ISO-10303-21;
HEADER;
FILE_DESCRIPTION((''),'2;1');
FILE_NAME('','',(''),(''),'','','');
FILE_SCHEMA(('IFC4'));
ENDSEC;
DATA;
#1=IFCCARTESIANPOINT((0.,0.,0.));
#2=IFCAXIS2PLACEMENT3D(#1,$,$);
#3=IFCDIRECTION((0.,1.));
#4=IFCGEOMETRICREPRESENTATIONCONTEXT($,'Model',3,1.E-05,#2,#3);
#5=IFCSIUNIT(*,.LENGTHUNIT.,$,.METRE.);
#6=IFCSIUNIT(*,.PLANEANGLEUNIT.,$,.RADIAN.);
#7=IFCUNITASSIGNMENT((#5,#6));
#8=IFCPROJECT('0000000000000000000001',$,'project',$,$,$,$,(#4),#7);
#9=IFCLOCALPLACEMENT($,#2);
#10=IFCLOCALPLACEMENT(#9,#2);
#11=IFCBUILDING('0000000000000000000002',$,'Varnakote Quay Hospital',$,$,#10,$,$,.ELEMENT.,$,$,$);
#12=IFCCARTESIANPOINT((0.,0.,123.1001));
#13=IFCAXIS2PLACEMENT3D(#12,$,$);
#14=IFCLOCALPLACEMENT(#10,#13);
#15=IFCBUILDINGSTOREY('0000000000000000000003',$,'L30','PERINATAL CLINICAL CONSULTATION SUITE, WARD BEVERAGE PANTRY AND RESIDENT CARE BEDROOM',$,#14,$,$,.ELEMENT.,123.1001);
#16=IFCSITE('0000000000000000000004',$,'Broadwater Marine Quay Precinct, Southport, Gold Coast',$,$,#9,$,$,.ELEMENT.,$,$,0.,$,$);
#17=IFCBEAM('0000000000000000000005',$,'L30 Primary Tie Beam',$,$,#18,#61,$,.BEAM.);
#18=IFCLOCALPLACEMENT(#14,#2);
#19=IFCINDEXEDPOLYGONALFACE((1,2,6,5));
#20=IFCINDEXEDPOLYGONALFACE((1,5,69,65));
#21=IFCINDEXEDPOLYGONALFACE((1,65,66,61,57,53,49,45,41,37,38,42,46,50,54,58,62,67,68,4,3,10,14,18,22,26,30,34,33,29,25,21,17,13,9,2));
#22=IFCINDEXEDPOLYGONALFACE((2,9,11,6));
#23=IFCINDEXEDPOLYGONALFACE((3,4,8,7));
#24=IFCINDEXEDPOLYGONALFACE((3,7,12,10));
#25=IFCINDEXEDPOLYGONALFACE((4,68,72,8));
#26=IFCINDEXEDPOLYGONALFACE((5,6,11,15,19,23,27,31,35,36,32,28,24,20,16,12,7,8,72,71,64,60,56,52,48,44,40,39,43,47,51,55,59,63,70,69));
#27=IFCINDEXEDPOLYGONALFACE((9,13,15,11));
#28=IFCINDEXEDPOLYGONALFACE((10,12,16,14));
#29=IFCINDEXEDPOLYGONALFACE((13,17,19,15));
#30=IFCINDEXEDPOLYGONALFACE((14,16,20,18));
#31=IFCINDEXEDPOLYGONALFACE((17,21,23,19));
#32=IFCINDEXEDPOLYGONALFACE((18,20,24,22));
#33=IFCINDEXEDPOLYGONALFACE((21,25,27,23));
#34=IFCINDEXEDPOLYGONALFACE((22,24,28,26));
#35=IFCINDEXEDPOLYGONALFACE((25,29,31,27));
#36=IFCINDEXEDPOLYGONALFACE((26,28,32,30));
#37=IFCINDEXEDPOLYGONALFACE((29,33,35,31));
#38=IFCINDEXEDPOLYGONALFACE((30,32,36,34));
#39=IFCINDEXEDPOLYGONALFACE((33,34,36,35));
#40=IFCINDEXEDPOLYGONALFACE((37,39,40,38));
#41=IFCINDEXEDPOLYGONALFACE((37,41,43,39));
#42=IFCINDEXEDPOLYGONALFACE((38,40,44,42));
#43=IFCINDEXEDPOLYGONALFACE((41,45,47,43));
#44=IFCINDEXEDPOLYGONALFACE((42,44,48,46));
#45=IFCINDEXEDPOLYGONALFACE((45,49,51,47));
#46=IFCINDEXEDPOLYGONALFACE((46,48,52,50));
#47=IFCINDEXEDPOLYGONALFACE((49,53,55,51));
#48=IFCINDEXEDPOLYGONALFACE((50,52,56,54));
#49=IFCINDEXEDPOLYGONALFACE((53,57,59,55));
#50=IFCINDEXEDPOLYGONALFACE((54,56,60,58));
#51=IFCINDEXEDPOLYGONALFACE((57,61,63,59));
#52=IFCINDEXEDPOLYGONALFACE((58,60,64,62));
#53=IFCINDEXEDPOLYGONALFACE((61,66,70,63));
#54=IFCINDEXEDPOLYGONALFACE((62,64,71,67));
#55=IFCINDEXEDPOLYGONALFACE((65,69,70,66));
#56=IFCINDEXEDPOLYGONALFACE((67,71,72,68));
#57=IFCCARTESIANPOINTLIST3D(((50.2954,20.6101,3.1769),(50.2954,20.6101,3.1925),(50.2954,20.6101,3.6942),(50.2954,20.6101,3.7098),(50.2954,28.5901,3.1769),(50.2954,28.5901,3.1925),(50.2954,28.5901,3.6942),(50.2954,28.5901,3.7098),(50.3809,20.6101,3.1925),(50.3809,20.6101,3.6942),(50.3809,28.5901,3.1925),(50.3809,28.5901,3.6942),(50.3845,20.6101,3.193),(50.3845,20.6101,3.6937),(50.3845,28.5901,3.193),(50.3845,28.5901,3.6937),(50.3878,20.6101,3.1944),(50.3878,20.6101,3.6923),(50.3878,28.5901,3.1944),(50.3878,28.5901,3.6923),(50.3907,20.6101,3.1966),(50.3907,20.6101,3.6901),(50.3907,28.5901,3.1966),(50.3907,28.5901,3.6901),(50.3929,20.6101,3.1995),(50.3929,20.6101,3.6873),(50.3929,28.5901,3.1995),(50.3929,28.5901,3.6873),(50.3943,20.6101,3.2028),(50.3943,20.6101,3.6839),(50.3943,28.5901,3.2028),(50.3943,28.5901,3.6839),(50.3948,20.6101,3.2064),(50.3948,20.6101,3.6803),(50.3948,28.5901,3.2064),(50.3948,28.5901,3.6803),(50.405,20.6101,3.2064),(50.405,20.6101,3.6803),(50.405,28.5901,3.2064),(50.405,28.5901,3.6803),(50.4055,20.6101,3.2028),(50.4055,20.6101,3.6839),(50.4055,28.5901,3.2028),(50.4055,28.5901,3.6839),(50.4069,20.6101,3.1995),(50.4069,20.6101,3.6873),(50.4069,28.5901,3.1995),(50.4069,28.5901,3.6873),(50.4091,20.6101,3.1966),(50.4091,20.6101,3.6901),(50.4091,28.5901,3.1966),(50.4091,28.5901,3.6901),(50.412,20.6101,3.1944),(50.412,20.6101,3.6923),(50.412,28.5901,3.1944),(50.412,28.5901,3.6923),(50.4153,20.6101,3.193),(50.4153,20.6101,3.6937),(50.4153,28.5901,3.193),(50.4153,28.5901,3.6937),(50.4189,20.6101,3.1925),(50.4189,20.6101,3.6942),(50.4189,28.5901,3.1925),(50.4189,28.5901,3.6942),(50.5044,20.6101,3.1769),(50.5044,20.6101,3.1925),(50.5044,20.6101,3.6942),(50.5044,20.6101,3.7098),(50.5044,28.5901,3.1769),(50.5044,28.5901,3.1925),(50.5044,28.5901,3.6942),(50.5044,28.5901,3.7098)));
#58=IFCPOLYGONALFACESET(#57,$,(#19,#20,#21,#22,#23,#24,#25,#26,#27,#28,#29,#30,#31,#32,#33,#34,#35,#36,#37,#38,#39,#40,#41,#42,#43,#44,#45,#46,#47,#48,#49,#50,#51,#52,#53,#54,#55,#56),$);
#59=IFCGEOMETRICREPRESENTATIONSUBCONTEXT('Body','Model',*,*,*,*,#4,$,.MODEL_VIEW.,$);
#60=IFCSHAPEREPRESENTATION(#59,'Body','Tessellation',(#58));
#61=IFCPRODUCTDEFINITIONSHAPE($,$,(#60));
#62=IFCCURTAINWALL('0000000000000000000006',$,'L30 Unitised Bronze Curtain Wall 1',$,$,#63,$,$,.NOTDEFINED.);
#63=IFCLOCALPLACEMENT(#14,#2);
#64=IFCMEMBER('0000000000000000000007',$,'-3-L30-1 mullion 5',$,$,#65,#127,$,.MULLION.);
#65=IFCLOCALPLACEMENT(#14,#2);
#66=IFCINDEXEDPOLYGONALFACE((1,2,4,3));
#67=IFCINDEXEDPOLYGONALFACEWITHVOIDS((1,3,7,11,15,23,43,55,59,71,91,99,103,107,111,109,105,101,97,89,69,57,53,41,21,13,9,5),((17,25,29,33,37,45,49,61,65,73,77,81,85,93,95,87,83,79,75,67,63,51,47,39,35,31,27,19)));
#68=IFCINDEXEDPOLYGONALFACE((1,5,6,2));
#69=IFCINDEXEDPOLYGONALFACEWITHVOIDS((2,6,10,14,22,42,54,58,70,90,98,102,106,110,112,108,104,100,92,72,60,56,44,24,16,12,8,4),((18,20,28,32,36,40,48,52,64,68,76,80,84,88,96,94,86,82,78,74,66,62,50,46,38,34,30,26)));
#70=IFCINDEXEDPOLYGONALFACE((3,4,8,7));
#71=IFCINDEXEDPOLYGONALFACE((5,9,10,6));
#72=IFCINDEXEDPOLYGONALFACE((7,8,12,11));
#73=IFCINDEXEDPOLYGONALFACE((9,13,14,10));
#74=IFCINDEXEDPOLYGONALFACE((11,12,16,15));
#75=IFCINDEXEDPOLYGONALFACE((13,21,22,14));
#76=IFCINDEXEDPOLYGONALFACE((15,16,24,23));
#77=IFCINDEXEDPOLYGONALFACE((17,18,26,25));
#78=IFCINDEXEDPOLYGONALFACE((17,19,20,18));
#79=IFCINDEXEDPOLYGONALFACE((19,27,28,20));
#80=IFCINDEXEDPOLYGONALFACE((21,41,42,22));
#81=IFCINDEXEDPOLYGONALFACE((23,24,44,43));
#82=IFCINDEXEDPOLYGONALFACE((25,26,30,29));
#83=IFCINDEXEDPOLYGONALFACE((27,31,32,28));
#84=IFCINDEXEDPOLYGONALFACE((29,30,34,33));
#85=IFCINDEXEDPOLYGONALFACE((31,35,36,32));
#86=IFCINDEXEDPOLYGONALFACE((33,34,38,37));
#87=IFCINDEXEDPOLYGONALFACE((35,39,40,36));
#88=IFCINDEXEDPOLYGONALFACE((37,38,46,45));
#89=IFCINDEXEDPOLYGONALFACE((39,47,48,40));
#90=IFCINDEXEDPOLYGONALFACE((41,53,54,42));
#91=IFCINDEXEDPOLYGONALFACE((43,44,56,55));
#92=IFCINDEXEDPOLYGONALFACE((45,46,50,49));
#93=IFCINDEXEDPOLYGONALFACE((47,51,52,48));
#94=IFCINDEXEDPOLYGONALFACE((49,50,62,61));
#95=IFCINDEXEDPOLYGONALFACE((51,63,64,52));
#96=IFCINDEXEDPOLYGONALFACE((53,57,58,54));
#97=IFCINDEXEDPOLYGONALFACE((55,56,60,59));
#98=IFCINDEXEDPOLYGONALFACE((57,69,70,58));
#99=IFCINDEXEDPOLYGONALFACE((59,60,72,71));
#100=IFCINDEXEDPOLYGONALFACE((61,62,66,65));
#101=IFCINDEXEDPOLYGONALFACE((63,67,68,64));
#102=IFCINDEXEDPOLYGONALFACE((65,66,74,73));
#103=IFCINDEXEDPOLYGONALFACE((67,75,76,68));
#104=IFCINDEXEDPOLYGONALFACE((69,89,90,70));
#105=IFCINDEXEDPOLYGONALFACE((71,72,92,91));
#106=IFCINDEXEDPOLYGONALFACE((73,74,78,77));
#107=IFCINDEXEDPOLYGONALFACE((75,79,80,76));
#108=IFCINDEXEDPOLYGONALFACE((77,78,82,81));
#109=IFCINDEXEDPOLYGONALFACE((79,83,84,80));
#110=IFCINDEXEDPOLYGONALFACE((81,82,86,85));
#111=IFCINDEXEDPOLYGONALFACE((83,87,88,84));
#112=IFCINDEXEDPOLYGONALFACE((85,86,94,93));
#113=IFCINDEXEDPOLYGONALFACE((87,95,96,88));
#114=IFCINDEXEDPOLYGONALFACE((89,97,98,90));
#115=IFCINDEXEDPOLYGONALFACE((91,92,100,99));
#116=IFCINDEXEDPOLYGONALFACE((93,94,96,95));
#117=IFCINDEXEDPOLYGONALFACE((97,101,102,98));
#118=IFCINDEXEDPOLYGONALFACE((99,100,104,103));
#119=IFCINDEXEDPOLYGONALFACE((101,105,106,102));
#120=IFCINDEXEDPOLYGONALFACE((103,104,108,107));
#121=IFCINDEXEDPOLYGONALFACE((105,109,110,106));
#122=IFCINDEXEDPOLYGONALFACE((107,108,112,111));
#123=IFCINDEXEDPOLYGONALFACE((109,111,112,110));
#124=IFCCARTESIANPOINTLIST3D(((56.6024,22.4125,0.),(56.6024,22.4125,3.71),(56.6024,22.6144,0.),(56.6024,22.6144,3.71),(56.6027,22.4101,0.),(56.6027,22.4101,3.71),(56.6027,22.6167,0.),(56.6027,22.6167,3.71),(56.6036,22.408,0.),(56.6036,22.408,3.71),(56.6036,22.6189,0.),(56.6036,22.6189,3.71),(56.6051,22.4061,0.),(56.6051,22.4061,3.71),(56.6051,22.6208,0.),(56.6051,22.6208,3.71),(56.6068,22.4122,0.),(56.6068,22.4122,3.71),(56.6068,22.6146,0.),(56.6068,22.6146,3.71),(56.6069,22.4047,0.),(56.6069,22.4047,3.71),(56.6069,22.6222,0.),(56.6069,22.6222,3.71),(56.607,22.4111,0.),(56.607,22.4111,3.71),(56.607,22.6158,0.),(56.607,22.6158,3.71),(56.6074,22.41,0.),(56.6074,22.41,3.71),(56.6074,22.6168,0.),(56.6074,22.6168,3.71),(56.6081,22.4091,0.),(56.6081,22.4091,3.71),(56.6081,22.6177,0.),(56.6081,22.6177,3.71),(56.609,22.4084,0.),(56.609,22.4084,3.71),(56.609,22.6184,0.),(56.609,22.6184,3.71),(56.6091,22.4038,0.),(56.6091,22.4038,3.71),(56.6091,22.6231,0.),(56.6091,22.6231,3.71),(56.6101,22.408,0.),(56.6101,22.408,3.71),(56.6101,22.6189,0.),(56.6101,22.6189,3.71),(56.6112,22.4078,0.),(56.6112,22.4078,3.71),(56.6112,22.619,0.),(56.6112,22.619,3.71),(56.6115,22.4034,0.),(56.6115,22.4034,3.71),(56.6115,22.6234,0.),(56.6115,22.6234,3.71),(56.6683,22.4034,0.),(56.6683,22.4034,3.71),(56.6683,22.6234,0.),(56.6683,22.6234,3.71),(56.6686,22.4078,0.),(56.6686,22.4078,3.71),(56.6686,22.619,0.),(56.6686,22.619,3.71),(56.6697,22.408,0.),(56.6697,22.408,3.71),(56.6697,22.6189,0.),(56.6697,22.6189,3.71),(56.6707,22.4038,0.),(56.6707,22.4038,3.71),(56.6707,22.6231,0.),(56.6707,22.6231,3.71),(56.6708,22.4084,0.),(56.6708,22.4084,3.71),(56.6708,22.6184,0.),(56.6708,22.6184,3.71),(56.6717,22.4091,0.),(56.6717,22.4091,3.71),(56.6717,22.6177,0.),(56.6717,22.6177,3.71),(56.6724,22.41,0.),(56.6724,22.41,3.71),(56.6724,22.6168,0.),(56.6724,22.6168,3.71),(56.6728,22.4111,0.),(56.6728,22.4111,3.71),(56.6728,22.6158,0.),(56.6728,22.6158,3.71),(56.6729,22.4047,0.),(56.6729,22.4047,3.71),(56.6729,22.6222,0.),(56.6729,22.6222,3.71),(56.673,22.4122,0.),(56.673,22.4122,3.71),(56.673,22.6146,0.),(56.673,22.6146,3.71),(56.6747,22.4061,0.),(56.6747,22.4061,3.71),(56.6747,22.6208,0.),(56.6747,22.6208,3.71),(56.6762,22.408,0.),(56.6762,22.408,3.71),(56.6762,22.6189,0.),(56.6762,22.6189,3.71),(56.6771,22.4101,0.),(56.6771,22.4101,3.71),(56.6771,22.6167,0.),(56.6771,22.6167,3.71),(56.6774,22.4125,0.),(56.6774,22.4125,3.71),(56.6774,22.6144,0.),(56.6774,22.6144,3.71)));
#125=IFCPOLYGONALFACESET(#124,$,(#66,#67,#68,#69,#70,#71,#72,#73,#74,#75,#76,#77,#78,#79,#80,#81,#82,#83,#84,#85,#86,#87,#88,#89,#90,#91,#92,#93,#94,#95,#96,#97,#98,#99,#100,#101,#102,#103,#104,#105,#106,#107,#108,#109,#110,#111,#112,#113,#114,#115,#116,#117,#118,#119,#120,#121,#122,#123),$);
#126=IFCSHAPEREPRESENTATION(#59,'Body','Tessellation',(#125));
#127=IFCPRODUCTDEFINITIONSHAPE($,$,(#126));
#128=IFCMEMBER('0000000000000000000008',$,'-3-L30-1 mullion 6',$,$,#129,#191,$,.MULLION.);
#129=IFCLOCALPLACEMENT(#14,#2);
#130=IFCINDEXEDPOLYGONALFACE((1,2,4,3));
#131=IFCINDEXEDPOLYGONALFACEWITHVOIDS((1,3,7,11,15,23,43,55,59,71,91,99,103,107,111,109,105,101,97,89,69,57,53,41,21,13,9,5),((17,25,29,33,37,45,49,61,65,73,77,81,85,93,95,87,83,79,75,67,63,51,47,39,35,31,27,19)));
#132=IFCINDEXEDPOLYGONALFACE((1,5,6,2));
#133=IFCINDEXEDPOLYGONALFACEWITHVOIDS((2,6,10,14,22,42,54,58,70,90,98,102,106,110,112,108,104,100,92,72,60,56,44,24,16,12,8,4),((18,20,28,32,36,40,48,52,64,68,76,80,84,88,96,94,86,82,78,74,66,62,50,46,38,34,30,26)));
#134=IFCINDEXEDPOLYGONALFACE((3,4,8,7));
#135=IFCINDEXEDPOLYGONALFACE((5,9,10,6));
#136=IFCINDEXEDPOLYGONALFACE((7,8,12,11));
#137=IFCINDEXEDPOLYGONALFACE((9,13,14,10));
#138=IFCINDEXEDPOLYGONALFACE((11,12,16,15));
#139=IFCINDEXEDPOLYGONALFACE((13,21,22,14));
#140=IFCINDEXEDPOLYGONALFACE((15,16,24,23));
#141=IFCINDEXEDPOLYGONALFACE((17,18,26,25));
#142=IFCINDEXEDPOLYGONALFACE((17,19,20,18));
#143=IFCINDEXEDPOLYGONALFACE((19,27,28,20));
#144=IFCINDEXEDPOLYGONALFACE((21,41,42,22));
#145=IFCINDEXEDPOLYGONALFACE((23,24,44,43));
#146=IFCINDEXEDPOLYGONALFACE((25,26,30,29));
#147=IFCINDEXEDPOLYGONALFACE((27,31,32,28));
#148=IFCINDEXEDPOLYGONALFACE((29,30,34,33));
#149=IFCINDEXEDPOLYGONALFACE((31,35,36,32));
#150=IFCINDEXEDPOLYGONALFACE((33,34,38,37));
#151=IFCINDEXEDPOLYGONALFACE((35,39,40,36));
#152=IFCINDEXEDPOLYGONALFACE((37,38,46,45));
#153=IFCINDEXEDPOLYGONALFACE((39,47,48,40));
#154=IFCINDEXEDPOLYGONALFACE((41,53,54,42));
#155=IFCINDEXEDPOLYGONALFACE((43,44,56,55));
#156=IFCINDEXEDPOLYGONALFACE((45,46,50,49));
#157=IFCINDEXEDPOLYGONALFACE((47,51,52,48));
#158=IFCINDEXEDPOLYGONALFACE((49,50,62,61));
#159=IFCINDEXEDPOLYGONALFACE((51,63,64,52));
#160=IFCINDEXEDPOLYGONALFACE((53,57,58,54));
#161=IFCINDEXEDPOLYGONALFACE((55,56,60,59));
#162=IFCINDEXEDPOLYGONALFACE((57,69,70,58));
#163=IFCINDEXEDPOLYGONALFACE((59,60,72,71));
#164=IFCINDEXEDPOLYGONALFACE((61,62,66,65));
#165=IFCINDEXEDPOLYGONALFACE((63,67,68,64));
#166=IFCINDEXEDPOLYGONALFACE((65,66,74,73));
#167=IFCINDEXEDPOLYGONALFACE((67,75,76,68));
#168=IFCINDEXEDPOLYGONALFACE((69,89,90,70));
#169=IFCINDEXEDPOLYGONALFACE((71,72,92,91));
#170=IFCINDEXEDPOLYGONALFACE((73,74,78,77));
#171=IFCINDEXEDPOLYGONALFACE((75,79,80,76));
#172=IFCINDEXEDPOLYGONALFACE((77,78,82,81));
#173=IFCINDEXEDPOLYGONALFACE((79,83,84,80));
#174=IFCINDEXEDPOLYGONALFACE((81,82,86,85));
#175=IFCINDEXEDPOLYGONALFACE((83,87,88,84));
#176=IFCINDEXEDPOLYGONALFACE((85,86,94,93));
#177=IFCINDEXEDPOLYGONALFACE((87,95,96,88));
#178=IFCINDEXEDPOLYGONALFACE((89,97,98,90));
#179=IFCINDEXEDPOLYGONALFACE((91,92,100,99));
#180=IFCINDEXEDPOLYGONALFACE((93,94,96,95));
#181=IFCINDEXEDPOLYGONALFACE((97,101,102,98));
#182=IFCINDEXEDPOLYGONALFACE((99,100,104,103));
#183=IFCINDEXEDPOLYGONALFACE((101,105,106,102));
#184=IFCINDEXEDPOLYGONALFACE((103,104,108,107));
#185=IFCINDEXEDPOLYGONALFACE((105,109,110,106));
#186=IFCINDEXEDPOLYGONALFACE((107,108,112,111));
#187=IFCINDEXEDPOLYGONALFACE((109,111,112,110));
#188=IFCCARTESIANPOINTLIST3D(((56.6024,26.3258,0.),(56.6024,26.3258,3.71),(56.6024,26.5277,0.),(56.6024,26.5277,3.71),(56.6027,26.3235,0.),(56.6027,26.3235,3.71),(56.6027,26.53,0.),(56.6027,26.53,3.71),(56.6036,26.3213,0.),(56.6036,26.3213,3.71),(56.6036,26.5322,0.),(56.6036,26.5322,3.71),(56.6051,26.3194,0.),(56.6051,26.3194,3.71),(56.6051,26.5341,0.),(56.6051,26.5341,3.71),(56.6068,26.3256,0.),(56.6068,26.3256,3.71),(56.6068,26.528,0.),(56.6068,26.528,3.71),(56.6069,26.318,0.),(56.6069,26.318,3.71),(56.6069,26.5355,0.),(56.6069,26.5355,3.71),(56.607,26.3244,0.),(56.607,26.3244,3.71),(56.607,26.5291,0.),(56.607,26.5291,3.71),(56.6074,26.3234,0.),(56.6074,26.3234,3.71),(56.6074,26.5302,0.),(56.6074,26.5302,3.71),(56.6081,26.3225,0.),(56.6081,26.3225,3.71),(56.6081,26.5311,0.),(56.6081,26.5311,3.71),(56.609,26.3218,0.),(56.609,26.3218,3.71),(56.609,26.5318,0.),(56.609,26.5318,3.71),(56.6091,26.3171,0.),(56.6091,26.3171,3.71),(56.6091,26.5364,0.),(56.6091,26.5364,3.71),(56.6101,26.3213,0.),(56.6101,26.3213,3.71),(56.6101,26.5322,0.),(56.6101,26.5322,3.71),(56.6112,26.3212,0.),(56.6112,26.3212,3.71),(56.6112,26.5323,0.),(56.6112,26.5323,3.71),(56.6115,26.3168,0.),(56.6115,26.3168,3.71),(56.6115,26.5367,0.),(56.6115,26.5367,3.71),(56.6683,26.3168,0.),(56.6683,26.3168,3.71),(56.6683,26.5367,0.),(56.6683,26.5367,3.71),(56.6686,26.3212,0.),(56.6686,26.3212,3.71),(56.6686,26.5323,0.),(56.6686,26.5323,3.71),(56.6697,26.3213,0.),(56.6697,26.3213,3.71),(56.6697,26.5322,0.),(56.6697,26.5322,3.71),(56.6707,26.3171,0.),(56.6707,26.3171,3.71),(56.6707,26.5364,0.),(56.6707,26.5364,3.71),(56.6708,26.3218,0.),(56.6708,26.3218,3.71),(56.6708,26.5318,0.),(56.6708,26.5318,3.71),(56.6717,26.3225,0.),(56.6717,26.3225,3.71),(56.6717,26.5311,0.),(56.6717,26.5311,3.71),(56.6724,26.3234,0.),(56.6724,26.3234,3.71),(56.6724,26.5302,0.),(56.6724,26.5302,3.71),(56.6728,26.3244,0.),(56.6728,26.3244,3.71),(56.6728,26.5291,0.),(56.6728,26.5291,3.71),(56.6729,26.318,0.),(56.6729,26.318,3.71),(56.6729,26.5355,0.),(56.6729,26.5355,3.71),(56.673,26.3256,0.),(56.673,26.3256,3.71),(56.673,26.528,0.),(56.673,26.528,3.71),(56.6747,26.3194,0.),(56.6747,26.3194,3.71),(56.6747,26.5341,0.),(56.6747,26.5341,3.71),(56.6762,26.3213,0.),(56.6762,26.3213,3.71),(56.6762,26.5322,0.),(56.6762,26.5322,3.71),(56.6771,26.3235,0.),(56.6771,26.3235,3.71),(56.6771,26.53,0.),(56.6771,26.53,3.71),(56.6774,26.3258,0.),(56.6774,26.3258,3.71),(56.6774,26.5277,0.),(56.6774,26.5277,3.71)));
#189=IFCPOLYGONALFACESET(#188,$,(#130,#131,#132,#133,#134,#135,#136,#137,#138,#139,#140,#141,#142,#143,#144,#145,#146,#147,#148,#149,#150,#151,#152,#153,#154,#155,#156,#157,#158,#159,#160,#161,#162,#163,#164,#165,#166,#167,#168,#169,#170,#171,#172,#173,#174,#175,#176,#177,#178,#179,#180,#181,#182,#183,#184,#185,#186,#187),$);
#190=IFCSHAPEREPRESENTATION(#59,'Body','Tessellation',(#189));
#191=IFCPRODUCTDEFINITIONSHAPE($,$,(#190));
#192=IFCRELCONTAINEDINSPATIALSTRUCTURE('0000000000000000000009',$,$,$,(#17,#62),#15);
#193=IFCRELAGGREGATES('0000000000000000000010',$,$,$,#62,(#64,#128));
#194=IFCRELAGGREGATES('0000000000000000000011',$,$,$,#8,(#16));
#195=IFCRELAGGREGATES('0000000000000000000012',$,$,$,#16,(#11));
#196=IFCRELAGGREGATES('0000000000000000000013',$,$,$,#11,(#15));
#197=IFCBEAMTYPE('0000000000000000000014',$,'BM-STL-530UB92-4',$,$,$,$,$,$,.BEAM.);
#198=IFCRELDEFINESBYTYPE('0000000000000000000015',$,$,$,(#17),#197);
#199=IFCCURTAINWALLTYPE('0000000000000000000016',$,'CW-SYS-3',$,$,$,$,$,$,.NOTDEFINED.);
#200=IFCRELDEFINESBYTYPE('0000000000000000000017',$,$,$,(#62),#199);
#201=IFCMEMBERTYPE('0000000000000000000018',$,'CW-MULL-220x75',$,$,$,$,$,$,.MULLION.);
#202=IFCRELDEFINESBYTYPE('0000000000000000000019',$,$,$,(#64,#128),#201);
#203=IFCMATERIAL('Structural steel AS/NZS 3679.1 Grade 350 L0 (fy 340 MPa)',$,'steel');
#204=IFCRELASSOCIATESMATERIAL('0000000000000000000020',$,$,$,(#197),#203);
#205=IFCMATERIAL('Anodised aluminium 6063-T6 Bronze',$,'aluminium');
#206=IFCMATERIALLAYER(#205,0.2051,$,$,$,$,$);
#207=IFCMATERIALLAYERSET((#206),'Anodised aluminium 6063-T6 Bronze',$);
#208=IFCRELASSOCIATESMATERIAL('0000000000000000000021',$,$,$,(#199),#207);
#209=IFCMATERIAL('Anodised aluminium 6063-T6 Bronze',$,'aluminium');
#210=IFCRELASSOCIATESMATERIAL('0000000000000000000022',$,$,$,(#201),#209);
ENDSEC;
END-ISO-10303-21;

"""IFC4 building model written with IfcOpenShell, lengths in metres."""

from ifc_helpers import new_model, si_unit, direction, frame, origin, origin_2d, place, context, subcontext, project, spatial, hollow_rectangle, i_section, extrude, material, layer, layer_set, material_profile, profile_set, type_object, element, aggregate, save


model = new_model("IFC4")

# Units and contexts
model_context = context("Model", 3, precision=1e-05, world=origin(), true_north=direction((0.0, 1.0)))
body_context = subcontext(model_context, "Body", "Model", "MODEL_VIEW")
ifc_project = project(units=[si_unit("LENGTHUNIT", "METRE"), si_unit("PLANEANGLEUNIT", "RADIAN")], contexts=[model_context])

# Site, building, storey
site_placement = place(None, origin())
site = spatial("IfcSite", under=ifc_project, at=site_placement, Name="Broadwater Marine Quay Precinct, Southport, Gold Coast", CompositionType="ELEMENT", RefElevation=0.0)
building_placement = place(site_placement, origin())
building = spatial("IfcBuilding", under=site, at=building_placement, Name="Varnakote Quay Hospital", CompositionType="ELEMENT")
storey_placement = place(building_placement, frame((0.0, 0.0, 123.1001)))
storey = spatial("IfcBuildingStorey", under=building, at=storey_placement, Name="L30", Description="PERINATAL CLINICAL CONSULTATION SUITE, WARD BEVERAGE PANTRY AND RESIDENT CARE BEDROOM", CompositionType="ELEMENT", Elevation=123.1001)

# Beam
ifc_material_1 = material(Name="Structural steel AS/NZS 3679.1 Grade 350 L0 (fy 340 MPa)", Category="steel")
ifc_material_profile_1 = material_profile(ifc_material_1, i_section(OverallWidth=0.209, OverallDepth=0.533, WebThickness=0.0103, FlangeThickness=0.0156, FilletRadius=0.0139, at=origin_2d()), Name="530UB92.4")
ifc_profile_set_1 = profile_set([ifc_material_profile_1], Name="Structural steel AS/NZS 3679.1 Grade 350 L0 (fy 340 MPa)")
beam_type = type_object("IfcBeamType", Name="BM-STL-530UB92-4", PredefinedType="BEAM", material=ifc_profile_set_1)
beam_placement = place(storey_placement, frame((50.3999, 20.6101, 3.4434), z_axis=(0.0, 1.0, 0.0), x_axis=(-1.0, 0.0, 0.0)))
element("IfcBeam", 1, at=beam_placement, inside=storey, type_object=beam_type, Name="L30 Primary Tie Beam", PredefinedType="BEAM", context=body_context, shape_type="SweptSolid", body=[
    extrude(i_section(OverallWidth=0.209, OverallDepth=0.533, WebThickness=0.0103, FlangeThickness=0.0156, FilletRadius=0.0139, at=origin_2d()), origin(), (0.0, 0.0, 1.0), 7.98),
])

# Curtain wall, members
ifc_material_2 = material(Name="Anodised aluminium 6063-T6 Bronze", Category="aluminium")
ifc_layer_1 = layer(ifc_material_2, 0.2051)
ifc_layer_set_1 = layer_set([ifc_layer_1], Name="Anodised aluminium 6063-T6 Bronze")
curtain_wall_type = type_object("IfcCurtainWallType", Name="CW-SYS-3", PredefinedType="NOTDEFINED", material=ifc_layer_set_1)
curtain_wall_placement = place(storey_placement, origin())
curtain_wall = element("IfcCurtainWall", 2, at=curtain_wall_placement, inside=storey, type_object=curtain_wall_type, Name="L30 Unitised Bronze Curtain Wall 1", PredefinedType="NOTDEFINED")
ifc_material_3 = material(Name="Anodised aluminium 6063-T6 Bronze", Category="aluminium")
ifc_material_profile_2 = material_profile(ifc_material_3, hollow_rectangle(XDim=0.075, YDim=0.22, WallThickness=0.0044, InnerFilletRadius=0.0044, OuterFilletRadius=0.009, at=origin_2d()), Name="CW-MULL-220x75")
ifc_profile_set_2 = profile_set([ifc_material_profile_2], Name="Anodised aluminium 6063-T6 Bronze")
member_type_1 = type_object("IfcMemberType", Name="CW-MULL-220x75", PredefinedType="MULLION", material=ifc_profile_set_2)
member_1_placement = place(storey_placement, frame((56.6399, 22.5134, 0.0), z_axis=(0.0, 0.0, 1.0), x_axis=(-1.0, 0.0, 0.0)))
member_1 = element("IfcMember", 3, at=member_1_placement, type_object=member_type_1, Name="-3-L30-1 mullion 5", PredefinedType="MULLION", context=body_context, shape_type="SweptSolid", body=[
    extrude(hollow_rectangle(XDim=0.075, YDim=0.22, WallThickness=0.0044, InnerFilletRadius=0.0044, OuterFilletRadius=0.009, at=origin_2d()), origin(), (0.0, 0.0, 1.0), 3.71),
])
member_2_placement = place(storey_placement, frame((56.6399, 26.4268, 0.0), z_axis=(0.0, 0.0, 1.0), x_axis=(-1.0, 0.0, 0.0)))
member_2 = element("IfcMember", 4, at=member_2_placement, type_object=member_type_1, Name="-3-L30-1 mullion 6", PredefinedType="MULLION", context=body_context, shape_type="SweptSolid", body=[
    extrude(hollow_rectangle(XDim=0.075, YDim=0.22, WallThickness=0.0044, InnerFilletRadius=0.0044, OuterFilletRadius=0.009, at=origin_2d()), origin(), (0.0, 0.0, 1.0), 3.71),
])
aggregate(curtain_wall, [member_1, member_2])

save(model, "model.ifc")
